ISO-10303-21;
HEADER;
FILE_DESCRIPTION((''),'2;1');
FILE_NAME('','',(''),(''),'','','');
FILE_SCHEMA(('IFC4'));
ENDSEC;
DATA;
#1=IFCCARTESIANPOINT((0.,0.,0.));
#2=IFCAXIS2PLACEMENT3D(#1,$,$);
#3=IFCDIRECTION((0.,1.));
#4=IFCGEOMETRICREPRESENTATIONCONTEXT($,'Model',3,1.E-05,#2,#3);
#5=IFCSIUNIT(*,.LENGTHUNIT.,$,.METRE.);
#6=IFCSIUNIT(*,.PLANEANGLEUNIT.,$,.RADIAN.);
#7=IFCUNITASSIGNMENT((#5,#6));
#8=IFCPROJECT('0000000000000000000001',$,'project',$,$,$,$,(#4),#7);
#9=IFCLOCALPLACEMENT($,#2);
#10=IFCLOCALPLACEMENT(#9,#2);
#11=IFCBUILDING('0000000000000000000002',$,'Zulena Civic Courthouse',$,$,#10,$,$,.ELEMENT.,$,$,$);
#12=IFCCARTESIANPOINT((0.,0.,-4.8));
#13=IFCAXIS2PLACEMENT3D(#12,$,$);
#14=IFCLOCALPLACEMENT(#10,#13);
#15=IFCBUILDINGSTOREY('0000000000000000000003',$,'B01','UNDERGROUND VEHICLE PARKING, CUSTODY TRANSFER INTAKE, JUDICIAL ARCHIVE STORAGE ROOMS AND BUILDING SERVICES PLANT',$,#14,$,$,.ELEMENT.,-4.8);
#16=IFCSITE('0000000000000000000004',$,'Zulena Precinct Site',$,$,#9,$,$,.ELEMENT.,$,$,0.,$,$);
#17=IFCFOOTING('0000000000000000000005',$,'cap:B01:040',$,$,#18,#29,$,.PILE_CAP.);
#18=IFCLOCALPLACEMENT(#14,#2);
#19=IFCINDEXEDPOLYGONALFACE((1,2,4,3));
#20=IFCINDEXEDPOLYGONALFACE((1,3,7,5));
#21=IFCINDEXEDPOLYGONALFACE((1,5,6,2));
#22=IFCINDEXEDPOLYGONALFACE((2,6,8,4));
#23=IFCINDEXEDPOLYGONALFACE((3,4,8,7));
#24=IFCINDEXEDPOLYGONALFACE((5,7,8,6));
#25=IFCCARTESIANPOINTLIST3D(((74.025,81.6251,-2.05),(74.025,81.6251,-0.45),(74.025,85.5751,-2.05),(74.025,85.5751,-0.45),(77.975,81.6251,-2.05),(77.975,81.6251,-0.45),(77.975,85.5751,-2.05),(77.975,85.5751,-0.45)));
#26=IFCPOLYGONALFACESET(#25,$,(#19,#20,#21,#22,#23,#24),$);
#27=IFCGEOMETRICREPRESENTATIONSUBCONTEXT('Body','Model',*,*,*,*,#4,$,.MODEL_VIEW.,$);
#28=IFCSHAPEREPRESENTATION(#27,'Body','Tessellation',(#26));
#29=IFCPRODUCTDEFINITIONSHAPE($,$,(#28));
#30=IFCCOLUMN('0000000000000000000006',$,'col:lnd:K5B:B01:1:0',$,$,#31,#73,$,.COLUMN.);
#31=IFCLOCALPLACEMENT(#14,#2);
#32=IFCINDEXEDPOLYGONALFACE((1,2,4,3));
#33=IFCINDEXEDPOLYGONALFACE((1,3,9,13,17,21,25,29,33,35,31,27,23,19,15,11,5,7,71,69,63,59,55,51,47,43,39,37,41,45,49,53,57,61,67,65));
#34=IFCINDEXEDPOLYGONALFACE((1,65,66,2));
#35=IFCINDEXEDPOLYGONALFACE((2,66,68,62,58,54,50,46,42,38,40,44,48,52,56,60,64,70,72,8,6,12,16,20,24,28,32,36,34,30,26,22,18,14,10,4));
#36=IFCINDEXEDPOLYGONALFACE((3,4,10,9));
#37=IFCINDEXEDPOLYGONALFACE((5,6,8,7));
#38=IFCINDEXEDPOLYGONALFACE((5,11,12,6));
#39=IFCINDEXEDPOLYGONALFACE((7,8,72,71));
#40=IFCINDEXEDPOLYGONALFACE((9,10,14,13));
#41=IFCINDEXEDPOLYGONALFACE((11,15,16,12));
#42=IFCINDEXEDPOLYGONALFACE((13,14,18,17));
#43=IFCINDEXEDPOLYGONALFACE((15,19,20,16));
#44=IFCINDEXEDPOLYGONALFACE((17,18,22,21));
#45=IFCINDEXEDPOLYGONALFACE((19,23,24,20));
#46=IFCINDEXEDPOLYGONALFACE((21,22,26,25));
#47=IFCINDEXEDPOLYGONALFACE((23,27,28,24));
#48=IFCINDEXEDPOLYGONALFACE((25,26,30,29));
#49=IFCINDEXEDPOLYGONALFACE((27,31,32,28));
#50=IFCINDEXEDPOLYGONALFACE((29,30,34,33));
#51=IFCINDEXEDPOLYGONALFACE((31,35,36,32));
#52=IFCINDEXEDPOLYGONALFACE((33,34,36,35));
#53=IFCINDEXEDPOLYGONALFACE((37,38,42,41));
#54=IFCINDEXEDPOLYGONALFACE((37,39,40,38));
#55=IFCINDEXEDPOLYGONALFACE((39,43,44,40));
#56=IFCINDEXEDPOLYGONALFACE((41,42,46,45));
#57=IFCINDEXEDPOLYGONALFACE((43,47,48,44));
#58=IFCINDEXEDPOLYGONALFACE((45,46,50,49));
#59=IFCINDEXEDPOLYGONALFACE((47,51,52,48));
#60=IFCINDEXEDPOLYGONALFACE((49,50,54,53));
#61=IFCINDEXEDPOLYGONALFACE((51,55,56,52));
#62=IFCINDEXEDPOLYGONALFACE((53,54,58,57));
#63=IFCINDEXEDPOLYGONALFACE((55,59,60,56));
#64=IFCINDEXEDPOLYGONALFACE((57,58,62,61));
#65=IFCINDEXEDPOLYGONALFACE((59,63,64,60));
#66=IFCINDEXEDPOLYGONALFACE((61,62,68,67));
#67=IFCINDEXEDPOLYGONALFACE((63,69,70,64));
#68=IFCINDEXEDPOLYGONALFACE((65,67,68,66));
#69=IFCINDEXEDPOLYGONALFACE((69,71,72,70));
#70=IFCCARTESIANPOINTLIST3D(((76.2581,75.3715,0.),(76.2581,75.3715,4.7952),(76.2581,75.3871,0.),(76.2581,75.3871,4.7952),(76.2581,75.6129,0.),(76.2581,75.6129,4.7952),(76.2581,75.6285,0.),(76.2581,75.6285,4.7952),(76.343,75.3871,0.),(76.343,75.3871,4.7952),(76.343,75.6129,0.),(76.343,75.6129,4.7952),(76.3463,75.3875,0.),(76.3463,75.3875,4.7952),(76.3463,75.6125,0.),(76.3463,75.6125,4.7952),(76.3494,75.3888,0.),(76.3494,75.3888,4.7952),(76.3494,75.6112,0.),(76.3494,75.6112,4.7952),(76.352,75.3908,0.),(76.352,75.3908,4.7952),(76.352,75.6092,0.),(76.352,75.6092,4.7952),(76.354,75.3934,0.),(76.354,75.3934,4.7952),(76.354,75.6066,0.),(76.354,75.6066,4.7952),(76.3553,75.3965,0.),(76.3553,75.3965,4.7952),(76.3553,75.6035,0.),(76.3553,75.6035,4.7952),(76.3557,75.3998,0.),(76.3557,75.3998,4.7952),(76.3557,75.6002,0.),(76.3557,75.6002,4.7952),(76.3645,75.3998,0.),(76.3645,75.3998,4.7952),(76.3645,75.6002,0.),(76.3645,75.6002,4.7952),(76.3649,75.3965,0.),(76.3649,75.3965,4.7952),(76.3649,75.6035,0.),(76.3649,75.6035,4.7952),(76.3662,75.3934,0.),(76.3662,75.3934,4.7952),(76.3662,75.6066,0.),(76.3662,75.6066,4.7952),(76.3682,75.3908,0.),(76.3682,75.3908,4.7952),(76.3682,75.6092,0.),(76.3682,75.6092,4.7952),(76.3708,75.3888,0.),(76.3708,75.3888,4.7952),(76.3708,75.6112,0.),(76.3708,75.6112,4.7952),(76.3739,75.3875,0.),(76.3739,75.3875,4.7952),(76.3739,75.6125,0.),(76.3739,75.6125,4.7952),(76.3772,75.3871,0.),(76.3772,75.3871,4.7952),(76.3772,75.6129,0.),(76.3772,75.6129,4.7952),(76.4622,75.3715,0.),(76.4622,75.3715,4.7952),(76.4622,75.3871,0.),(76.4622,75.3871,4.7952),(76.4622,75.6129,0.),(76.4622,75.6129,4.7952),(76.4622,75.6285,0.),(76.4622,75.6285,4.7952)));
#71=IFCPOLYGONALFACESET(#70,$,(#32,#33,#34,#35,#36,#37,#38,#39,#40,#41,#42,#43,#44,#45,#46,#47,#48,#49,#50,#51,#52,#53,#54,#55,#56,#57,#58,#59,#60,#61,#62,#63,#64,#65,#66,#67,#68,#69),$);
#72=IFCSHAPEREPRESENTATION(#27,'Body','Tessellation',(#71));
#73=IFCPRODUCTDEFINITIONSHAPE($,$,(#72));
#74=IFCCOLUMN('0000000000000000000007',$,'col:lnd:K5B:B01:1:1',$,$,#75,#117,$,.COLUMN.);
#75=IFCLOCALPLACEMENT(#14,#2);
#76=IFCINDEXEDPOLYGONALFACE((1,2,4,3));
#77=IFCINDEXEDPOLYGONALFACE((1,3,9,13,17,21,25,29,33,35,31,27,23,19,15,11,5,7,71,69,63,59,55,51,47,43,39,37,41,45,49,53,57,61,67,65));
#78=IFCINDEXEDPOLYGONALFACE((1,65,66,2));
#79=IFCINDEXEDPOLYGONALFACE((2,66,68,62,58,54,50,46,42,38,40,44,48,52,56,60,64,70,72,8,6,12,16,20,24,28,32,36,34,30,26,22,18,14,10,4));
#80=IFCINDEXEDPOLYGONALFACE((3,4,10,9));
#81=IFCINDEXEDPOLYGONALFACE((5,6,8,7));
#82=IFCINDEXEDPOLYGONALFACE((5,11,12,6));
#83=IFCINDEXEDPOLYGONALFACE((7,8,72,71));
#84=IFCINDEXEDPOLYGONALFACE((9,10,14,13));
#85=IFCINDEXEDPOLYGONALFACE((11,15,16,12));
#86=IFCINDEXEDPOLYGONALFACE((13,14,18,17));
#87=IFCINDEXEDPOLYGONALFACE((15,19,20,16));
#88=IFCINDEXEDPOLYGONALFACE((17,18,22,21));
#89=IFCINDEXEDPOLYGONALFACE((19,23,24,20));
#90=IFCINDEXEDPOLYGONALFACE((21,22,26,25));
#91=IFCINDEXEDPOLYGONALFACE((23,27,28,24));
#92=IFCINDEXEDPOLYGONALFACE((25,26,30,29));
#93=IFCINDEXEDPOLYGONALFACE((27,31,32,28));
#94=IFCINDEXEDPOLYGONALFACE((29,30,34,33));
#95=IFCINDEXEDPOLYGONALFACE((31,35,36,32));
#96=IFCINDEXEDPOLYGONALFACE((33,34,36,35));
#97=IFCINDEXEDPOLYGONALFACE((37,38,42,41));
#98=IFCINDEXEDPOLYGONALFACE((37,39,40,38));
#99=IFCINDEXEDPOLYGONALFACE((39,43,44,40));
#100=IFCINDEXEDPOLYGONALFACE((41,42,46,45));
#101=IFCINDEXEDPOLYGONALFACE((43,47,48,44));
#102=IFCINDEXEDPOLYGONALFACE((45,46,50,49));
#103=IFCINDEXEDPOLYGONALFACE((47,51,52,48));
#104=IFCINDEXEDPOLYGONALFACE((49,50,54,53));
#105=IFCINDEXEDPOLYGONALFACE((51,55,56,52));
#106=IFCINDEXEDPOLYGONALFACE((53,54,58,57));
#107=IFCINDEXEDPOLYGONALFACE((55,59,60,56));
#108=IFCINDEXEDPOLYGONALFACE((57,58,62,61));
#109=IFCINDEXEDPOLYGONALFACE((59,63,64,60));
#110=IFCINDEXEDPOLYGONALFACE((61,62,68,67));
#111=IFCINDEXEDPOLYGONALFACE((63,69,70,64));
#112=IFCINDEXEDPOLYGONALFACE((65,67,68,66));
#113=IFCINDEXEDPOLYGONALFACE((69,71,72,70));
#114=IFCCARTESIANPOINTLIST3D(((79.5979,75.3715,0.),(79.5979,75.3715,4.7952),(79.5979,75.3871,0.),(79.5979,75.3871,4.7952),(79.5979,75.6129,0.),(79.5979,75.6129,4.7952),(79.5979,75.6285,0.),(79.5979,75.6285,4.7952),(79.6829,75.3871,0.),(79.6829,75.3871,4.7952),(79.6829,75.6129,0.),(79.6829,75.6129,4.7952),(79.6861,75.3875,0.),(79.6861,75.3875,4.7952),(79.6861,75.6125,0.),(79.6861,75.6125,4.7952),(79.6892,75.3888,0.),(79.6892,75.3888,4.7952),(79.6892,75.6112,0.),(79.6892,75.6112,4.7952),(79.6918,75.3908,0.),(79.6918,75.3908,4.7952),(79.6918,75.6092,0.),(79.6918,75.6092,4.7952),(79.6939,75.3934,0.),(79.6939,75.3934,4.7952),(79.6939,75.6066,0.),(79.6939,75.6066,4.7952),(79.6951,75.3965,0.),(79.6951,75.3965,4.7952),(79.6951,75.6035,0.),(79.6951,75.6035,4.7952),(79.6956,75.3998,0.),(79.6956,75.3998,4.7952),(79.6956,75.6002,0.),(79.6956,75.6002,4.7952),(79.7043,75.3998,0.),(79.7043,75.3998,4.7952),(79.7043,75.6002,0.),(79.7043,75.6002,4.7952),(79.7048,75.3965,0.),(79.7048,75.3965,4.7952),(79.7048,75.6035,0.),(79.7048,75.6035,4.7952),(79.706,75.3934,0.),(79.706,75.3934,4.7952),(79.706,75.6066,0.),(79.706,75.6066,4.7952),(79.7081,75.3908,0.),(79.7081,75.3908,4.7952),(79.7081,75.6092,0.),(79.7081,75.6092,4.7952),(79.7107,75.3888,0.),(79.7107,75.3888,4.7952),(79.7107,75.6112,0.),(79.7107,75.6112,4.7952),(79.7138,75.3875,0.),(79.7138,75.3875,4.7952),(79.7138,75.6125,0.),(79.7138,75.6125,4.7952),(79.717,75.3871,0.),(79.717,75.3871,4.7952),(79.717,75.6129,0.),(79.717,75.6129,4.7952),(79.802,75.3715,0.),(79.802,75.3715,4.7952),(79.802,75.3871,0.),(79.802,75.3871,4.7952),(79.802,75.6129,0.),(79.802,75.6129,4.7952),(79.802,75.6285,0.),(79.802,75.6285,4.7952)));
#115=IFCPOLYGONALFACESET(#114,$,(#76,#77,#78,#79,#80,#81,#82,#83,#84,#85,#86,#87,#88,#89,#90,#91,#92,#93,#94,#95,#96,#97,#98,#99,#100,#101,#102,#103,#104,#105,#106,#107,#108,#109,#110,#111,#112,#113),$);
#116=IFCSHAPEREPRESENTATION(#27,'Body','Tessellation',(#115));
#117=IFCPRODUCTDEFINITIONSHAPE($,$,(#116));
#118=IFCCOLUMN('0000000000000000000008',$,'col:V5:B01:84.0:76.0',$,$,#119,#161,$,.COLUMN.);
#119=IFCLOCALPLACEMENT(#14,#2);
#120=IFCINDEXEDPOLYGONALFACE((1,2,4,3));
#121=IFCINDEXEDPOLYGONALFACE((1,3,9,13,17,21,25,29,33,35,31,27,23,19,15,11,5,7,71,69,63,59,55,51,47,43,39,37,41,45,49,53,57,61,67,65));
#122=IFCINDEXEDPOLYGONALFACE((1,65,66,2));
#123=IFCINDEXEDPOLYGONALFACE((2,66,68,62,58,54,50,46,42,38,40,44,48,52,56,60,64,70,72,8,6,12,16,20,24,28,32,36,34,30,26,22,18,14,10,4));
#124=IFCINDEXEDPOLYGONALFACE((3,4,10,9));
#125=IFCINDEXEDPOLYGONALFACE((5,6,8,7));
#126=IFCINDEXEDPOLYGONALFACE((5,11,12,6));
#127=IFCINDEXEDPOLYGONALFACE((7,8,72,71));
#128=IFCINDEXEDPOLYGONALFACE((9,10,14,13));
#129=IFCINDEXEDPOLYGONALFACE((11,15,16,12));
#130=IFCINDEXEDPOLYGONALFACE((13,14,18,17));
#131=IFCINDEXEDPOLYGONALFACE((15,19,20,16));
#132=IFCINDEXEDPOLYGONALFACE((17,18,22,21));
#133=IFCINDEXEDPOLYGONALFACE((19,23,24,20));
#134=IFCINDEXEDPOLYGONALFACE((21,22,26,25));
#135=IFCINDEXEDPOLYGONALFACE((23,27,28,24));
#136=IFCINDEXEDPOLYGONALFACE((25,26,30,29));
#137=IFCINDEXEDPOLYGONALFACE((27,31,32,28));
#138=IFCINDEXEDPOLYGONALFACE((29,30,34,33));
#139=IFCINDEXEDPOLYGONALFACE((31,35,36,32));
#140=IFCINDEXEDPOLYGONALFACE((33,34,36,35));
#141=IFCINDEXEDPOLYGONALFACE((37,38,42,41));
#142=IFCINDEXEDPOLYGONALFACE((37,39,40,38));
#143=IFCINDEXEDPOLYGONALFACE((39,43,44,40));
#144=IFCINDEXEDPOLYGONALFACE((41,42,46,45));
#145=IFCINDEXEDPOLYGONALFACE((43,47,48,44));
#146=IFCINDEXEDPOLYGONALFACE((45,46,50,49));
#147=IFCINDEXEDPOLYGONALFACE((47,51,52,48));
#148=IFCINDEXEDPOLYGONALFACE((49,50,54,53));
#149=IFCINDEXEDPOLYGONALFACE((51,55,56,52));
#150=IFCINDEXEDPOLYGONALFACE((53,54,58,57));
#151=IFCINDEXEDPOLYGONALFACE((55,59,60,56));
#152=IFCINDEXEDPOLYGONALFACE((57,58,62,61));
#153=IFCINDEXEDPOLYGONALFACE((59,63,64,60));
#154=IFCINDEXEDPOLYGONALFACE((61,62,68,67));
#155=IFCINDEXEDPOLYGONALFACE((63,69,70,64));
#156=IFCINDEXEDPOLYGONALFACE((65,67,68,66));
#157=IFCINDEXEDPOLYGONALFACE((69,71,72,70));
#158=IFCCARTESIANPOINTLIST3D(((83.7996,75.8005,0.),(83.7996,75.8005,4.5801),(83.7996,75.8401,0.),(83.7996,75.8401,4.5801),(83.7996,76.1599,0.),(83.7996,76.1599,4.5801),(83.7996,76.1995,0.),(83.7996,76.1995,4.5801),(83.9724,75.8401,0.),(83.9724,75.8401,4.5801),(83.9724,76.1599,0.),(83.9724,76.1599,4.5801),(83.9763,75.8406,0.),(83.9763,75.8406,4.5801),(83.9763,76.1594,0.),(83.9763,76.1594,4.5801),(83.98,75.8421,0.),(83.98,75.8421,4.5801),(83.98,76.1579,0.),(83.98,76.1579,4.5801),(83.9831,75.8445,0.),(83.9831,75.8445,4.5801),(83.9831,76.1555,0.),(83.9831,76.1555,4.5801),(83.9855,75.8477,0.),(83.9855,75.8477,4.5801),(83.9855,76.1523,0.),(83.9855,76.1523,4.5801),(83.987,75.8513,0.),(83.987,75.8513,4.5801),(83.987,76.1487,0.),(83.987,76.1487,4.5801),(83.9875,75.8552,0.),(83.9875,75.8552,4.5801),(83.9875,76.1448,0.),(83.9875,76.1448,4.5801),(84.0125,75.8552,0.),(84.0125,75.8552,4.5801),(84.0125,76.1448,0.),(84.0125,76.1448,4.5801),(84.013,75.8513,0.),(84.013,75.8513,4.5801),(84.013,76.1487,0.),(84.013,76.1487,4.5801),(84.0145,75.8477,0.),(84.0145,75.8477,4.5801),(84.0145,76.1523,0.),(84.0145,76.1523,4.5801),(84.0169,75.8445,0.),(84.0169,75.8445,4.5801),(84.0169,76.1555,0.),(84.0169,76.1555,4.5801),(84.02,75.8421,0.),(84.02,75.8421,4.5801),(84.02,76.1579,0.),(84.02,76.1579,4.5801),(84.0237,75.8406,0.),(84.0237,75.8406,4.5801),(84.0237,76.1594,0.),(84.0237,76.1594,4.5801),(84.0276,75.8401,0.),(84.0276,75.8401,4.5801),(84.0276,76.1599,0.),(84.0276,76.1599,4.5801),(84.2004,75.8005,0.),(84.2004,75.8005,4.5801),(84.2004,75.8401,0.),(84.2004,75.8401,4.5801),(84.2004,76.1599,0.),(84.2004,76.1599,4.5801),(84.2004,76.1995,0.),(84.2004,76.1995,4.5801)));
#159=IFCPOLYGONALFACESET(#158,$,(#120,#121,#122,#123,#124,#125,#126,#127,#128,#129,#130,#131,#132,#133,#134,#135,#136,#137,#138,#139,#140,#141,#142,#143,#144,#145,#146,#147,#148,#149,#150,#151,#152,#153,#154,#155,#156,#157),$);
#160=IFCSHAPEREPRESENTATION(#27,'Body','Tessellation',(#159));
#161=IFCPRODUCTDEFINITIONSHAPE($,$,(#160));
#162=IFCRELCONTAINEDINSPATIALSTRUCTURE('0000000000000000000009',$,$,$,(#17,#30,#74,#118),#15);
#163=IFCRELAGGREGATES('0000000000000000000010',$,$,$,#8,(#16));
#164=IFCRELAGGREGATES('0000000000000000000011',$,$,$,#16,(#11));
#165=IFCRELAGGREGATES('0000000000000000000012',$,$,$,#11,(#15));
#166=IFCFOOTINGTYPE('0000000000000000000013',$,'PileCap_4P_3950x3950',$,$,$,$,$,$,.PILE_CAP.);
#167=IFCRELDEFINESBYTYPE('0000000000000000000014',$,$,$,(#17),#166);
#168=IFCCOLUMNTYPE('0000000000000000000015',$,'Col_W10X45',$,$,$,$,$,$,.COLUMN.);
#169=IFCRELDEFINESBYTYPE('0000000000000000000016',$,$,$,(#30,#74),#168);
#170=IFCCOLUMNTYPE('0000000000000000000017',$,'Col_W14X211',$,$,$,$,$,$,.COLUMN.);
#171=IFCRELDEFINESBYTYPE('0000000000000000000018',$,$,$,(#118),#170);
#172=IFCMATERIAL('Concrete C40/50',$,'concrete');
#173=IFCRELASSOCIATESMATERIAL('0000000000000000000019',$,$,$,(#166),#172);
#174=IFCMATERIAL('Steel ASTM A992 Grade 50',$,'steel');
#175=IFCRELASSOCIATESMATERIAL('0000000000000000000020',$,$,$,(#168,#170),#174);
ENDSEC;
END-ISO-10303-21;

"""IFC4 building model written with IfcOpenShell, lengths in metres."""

from ifc_helpers import new_model, si_unit, direction, frame, origin, origin_2d, place, context, subcontext, project, spatial, rectangle, i_section, extrude, material, material_profile, profile_set, type_object, element, save


model = new_model("IFC4")

# Units and contexts
model_context = context("Model", 3, precision=1e-05, world=origin(), true_north=direction((0.0, 1.0)))
body_context = subcontext(model_context, "Body", "Model", "MODEL_VIEW")
ifc_project = project(units=[si_unit("LENGTHUNIT", "METRE"), si_unit("PLANEANGLEUNIT", "RADIAN")], contexts=[model_context])

# Site, building, storey
site_placement = place(None, origin())
site = spatial("IfcSite", under=ifc_project, at=site_placement, Name="Zulena Precinct Site", CompositionType="ELEMENT", RefElevation=0.0)
building_placement = place(site_placement, origin())
building = spatial("IfcBuilding", under=site, at=building_placement, Name="Zulena Civic Courthouse", CompositionType="ELEMENT")
storey_placement = place(building_placement, frame((0.0, 0.0, -4.8)))
storey = spatial("IfcBuildingStorey", under=building, at=storey_placement, Name="B01", Description="UNDERGROUND VEHICLE PARKING, CUSTODY TRANSFER INTAKE, JUDICIAL ARCHIVE STORAGE ROOMS AND BUILDING SERVICES PLANT", CompositionType="ELEMENT", Elevation=-4.8)

# Shared definitions
ifc_material_1 = material(Name="Concrete C40/50", Category="concrete")

# Footing
footing_type_1 = type_object("IfcFootingType", Name="PileCap_4P_3950x3950", PredefinedType="PILE_CAP", material=ifc_material_1)
footing_1_placement = place(storey_placement, frame((76.0, 83.6001, -2.05), z_axis=(0.0, 0.0, 1.0), x_axis=(1.0, 0.0, 0.0)))
element("IfcFooting", 1, at=footing_1_placement, inside=storey, type_object=footing_type_1, Name="cap:B01:040", PredefinedType="PILE_CAP", context=body_context, shape_type="SweptSolid", body=[
    extrude(rectangle(XDim=3.95, YDim=3.95, at=origin_2d()), origin(), (0.0, 0.0, 1.0), 1.6001),
])

# Columns
ifc_material_2 = material(Name="Steel ASTM A992 Grade 50", Category="steel")
ifc_material_profile_1 = material_profile(ifc_material_2, i_section(OverallWidth=0.2041, OverallDepth=0.2571, WebThickness=0.0088, FlangeThickness=0.0156, FilletRadius=0.0127, at=origin_2d()), Name="W10X45")
ifc_profile_set_1 = profile_set([ifc_material_profile_1], Name="Steel ASTM A992 Grade 50")
column_type_1 = type_object("IfcColumnType", Name="Col_W10X45", PredefinedType="COLUMN", material=ifc_profile_set_1)
for number, where, z_axis, x_axis, name in (
    (2, (76.3601, 75.5, 0.0), (0.0, 0.0, 1.0), (1.0, 0.0, 0.0), "col:lnd:K5B:B01:1:0"),
    (3, (79.7, 75.5, 0.0), (0.0, 0.0, 1.0), (1.0, 0.0, 0.0), "col:lnd:K5B:B01:1:1"),
):
    element("IfcColumn", number, at=place(storey_placement, frame(where, z_axis=z_axis, x_axis=x_axis)), inside=storey, type_object=column_type_1, Name=name, PredefinedType="COLUMN", context=body_context, shape_type="SweptSolid", body=[
        extrude(i_section(OverallWidth=0.2041, OverallDepth=0.2571, WebThickness=0.0088, FlangeThickness=0.0156, FilletRadius=0.0127, at=origin_2d()), origin(), (0.0, 0.0, 1.0), 4.7952),
    ])
ifc_material_profile_2 = material_profile(ifc_material_2, i_section(OverallWidth=0.4009, OverallDepth=0.3989, WebThickness=0.0249, FlangeThickness=0.0396, FilletRadius=0.0151, at=origin_2d()), Name="W14X211")
ifc_profile_set_2 = profile_set([ifc_material_profile_2], Name="Steel ASTM A992 Grade 50")
column_type_2 = type_object("IfcColumnType", Name="Col_W14X211", PredefinedType="COLUMN", material=ifc_profile_set_2)
for number, where, z_axis, x_axis, name in (
    (4, (84.0, 76.0, 0.0), (0.0, 0.0, 1.0), (1.0, 0.0, 0.0), "col:V5:B01:84.0:76.0"),
):
    element("IfcColumn", number, at=place(storey_placement, frame(where, z_axis=z_axis, x_axis=x_axis)), inside=storey, type_object=column_type_2, Name=name, PredefinedType="COLUMN", context=body_context, shape_type="SweptSolid", body=[
        extrude(i_section(OverallWidth=0.4009, OverallDepth=0.3989, WebThickness=0.0249, FlangeThickness=0.0396, FilletRadius=0.0151, at=origin_2d()), origin(), (0.0, 0.0, 1.0), 4.5801),
    ])

save(model, "model.ifc")
